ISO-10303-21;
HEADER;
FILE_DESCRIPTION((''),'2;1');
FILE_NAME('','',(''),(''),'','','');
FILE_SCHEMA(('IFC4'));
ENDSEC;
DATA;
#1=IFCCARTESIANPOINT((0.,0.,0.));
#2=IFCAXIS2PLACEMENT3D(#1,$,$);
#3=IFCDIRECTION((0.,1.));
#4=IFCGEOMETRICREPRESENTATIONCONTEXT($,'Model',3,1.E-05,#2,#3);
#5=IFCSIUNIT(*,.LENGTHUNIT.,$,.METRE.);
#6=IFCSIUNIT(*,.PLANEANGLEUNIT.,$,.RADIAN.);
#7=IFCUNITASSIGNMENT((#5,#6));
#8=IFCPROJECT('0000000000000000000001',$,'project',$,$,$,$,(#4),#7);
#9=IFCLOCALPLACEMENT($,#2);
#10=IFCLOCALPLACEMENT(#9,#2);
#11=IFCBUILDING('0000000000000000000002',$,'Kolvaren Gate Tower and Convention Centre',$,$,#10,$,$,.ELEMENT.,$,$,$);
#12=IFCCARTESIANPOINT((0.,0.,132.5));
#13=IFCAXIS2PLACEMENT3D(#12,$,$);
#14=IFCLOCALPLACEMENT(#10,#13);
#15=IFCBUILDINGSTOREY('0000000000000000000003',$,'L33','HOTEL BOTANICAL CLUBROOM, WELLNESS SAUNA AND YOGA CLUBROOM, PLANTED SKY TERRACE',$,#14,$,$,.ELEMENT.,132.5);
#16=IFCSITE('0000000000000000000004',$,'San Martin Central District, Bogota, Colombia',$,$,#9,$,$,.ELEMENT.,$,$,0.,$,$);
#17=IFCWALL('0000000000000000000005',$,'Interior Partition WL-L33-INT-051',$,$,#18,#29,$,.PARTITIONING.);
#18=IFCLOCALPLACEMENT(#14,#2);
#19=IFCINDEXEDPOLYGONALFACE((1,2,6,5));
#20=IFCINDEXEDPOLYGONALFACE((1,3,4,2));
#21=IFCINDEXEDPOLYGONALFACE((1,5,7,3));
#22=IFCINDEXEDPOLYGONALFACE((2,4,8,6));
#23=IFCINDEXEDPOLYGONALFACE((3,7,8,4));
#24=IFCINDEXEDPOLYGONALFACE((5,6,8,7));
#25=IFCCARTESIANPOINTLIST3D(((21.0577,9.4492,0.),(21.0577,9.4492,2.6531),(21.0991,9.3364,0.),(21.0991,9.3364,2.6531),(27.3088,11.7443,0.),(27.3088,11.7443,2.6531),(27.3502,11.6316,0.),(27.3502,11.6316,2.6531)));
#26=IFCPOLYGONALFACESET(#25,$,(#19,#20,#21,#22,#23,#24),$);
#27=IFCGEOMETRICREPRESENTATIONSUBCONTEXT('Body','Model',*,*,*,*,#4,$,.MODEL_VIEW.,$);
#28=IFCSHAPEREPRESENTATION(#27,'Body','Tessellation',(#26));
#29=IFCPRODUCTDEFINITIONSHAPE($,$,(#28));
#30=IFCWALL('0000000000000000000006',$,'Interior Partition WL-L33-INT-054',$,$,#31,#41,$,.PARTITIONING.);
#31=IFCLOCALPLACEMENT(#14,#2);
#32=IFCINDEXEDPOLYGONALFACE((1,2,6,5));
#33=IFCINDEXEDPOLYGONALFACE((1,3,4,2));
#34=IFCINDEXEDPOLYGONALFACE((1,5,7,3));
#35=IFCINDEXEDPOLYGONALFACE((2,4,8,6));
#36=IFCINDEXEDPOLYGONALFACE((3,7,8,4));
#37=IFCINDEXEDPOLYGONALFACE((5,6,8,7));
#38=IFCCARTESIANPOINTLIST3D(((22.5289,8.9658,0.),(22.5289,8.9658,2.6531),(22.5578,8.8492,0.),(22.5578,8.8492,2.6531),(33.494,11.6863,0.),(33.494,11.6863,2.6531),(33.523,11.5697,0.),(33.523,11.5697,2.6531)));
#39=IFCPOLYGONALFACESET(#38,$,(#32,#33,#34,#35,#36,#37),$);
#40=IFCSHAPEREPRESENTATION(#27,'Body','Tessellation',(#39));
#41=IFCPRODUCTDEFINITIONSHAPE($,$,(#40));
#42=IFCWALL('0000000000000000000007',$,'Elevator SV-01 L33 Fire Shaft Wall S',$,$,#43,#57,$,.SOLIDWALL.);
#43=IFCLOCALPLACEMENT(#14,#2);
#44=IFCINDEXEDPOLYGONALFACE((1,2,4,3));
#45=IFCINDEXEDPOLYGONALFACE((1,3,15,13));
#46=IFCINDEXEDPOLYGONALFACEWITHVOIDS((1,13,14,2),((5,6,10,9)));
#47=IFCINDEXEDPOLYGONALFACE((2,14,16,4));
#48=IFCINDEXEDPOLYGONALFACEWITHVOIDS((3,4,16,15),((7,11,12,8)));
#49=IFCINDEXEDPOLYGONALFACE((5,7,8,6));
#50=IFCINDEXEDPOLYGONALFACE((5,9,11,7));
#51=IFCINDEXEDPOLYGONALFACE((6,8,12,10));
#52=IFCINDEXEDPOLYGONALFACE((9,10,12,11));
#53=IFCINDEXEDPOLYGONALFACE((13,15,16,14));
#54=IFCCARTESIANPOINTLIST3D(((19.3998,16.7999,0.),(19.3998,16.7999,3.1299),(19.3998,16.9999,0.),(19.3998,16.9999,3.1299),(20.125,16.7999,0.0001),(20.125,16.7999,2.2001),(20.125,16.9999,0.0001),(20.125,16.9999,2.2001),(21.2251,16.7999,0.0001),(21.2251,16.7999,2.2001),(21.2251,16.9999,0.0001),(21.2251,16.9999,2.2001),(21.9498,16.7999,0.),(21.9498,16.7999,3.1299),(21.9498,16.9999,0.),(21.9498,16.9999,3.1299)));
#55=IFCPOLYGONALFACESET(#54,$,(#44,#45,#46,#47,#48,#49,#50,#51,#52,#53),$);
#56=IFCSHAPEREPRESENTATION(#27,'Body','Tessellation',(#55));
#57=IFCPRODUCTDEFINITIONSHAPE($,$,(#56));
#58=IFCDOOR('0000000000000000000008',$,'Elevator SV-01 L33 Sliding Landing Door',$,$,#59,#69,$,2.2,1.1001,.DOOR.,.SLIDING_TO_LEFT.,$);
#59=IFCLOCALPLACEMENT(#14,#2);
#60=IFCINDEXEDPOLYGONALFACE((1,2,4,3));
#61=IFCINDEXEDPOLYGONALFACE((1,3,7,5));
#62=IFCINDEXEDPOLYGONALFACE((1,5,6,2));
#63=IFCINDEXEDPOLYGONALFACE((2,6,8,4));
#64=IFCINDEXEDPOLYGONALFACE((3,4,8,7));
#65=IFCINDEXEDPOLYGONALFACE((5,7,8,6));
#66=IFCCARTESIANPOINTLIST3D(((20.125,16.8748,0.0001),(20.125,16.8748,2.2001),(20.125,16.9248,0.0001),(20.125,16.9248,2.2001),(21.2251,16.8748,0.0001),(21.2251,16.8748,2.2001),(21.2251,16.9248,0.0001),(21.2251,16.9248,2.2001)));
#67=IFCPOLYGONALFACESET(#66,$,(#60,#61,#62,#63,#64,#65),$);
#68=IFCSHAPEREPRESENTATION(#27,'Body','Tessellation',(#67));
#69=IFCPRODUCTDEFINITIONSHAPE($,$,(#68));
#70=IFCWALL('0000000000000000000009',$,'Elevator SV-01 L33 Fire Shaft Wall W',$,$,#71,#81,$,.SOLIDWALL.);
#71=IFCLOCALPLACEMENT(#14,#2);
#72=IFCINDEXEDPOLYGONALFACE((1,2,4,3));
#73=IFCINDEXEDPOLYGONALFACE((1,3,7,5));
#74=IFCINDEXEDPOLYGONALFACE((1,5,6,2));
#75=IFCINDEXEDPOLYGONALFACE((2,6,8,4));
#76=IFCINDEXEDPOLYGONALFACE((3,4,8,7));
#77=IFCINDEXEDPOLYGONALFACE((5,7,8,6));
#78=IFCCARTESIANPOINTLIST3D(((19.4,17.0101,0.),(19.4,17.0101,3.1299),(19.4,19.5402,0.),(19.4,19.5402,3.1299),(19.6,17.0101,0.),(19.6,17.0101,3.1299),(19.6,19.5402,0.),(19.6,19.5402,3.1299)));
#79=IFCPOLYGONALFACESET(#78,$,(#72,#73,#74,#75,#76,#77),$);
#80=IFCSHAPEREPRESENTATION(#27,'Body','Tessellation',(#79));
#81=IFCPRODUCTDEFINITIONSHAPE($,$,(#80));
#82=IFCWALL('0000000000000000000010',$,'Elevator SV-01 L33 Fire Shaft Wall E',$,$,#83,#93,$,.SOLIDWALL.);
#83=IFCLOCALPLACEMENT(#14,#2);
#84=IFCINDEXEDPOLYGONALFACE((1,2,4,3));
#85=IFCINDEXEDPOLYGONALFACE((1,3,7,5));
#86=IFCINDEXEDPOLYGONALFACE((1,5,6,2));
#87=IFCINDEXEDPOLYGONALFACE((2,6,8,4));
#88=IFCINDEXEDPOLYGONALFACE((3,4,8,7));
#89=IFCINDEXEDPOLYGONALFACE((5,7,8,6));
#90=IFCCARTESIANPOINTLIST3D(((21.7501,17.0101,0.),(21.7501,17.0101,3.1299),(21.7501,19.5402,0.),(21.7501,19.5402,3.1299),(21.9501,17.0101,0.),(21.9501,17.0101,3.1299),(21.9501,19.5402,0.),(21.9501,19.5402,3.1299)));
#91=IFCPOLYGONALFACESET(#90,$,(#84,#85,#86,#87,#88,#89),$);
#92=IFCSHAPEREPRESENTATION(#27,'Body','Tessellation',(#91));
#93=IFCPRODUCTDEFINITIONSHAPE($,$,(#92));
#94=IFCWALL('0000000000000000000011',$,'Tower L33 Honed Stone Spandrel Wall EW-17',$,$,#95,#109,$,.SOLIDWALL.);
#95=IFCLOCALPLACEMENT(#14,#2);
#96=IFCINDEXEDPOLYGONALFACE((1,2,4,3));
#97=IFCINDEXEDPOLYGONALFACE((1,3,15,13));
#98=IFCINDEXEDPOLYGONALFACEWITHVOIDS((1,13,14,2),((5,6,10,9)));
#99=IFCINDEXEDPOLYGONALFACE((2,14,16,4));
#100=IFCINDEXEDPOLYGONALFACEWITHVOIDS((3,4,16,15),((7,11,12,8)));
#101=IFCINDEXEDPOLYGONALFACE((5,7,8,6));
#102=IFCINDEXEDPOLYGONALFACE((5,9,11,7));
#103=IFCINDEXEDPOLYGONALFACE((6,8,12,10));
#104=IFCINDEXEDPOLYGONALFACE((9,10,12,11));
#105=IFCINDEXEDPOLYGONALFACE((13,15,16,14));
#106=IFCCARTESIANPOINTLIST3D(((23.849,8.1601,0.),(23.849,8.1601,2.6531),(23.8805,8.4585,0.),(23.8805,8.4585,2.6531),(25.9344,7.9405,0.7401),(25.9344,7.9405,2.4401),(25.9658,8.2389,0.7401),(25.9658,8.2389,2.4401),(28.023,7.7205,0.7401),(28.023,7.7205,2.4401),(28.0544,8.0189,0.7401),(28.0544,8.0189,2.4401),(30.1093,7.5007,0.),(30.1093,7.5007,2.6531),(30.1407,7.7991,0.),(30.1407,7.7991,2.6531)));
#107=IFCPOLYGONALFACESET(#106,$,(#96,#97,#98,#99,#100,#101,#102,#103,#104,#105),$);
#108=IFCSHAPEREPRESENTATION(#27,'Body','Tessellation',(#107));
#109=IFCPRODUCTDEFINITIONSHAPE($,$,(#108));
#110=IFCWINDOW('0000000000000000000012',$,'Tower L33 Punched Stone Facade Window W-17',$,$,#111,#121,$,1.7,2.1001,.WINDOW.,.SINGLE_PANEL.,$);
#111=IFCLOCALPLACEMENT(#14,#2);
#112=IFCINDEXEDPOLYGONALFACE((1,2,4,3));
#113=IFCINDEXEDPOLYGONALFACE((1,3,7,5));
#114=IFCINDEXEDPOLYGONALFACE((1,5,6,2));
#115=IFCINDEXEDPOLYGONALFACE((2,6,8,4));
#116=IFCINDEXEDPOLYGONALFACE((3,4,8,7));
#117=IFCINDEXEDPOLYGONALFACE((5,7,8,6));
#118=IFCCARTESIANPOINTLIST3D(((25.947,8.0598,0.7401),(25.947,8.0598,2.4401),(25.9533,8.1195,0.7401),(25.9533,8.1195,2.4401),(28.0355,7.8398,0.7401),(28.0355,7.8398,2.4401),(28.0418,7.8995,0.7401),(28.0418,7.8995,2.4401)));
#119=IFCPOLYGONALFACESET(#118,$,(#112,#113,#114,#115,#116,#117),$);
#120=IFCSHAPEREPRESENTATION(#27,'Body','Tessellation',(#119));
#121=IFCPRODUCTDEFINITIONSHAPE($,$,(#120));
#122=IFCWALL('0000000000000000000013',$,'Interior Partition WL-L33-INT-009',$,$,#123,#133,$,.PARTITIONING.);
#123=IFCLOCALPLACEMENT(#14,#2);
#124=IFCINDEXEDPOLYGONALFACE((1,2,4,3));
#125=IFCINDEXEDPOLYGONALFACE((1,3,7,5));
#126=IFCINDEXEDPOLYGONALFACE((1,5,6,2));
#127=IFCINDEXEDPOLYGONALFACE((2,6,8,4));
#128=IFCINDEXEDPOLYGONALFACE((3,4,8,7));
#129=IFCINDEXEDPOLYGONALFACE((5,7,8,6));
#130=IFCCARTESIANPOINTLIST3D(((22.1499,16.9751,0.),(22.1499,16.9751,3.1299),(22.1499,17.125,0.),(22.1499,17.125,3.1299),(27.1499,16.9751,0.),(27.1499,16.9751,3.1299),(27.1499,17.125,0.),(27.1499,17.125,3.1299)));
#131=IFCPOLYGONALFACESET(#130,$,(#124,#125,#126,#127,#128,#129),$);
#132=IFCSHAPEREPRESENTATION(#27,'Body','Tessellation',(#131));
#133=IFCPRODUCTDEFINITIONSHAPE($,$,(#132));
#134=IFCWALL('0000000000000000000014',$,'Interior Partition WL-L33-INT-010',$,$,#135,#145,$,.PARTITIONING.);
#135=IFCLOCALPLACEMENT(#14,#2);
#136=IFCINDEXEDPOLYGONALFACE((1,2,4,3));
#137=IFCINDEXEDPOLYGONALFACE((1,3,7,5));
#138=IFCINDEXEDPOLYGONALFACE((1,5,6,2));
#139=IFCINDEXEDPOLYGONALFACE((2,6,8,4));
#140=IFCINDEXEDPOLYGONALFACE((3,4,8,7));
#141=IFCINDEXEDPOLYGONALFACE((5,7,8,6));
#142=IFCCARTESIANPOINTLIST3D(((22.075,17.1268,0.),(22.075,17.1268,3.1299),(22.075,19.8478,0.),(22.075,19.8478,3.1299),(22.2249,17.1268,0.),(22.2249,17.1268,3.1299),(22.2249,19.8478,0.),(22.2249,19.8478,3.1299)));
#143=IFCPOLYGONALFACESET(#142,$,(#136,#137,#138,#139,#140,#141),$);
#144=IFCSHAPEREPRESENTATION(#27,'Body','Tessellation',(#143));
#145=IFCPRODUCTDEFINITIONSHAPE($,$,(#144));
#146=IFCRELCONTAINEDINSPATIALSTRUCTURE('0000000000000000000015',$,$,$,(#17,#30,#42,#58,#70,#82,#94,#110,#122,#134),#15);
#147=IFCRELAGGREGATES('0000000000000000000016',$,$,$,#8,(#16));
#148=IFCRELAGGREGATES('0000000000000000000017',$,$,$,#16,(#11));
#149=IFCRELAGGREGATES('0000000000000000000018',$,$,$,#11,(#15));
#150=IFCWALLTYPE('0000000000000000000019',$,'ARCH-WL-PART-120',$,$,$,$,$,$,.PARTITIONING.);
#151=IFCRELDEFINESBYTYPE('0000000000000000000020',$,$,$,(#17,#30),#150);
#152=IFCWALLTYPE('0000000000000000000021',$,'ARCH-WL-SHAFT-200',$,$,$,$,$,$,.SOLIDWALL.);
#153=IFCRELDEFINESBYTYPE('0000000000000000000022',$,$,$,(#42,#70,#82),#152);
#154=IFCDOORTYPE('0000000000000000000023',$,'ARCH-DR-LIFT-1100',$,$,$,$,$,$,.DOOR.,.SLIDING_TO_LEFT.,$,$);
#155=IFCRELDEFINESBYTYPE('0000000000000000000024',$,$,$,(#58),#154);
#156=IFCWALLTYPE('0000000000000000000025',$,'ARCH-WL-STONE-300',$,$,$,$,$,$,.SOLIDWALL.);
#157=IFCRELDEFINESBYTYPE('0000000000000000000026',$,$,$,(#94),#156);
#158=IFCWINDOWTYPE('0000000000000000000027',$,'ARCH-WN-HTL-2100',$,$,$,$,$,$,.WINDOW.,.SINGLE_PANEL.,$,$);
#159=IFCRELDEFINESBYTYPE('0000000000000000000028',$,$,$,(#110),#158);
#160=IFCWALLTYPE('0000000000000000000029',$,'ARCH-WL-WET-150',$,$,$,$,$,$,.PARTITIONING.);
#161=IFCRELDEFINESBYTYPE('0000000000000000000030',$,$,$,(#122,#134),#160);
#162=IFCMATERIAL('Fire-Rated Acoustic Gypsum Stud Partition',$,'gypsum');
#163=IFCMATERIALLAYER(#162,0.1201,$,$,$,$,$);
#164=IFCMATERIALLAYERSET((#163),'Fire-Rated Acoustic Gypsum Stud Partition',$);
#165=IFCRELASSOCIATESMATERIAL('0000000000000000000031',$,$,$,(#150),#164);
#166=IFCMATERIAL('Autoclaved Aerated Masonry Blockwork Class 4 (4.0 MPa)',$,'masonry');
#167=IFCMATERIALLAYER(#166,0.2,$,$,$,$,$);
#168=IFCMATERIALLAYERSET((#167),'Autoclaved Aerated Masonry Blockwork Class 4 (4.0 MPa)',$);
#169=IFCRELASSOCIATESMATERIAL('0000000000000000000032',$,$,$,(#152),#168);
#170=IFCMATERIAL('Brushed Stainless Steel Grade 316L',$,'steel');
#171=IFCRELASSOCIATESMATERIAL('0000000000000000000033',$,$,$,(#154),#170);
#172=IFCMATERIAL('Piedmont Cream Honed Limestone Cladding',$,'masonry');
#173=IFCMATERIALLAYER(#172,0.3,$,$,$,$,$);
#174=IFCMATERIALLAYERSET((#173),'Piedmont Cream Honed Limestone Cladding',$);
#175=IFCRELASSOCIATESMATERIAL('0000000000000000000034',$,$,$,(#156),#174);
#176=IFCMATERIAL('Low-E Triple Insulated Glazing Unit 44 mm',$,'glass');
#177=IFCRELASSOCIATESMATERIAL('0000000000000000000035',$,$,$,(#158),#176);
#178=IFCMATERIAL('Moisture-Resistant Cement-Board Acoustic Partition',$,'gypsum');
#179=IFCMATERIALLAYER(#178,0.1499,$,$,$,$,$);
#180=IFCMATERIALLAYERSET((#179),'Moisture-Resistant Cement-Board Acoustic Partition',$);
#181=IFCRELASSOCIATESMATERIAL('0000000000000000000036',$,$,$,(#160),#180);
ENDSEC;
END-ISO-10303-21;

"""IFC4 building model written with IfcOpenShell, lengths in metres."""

from ifc_helpers import new_model, si_unit, direction, frame, frame_2d, origin, place, context, subcontext, project, spatial, rectangle, extrude, material, layer, layer_set, type_object, element, fill, save


model = new_model("IFC4")

# Units and contexts
model_context = context("Model", 3, precision=1e-05, world=origin(), true_north=direction((0.0, 1.0)))
body_context = subcontext(model_context, "Body", "Model", "MODEL_VIEW")
ifc_project = project(units=[si_unit("LENGTHUNIT", "METRE"), si_unit("PLANEANGLEUNIT", "RADIAN")], contexts=[model_context])

# Site, building, storey
site_placement = place(None, origin())
site = spatial("IfcSite", under=ifc_project, at=site_placement, Name="San Martin Central District, Bogota, Colombia", CompositionType="ELEMENT", RefElevation=0.0)
building_placement = place(site_placement, origin())
building = spatial("IfcBuilding", under=site, at=building_placement, Name="Kolvaren Gate Tower and Convention Centre", CompositionType="ELEMENT")
storey_placement = place(building_placement, frame((0.0, 0.0, 132.5)))
storey = spatial("IfcBuildingStorey", under=building, at=storey_placement, Name="L33", Description="HOTEL BOTANICAL CLUBROOM, WELLNESS SAUNA AND YOGA CLUBROOM, PLANTED SKY TERRACE", CompositionType="ELEMENT", Elevation=132.5)

# Shared definitions
ifc_material_1 = material(Name="Fire-Rated Acoustic Gypsum Stud Partition", Category="gypsum")
ifc_layer_1 = layer(ifc_material_1, 0.1201)
ifc_layer_set_1 = layer_set([ifc_layer_1], Name="Fire-Rated Acoustic Gypsum Stud Partition")
wall_type_1 = type_object("IfcWallType", Name="ARCH-WL-PART-120", PredefinedType="PARTITIONING", material=ifc_layer_set_1)

# Walls
wall_1_placement = place(storey_placement, frame((21.0784, 9.3928, 0.0), z_axis=(0.0, 0.0, 1.0), x_axis=(0.938728, 0.344659, 0.0)))
element("IfcWall", 1, at=wall_1_placement, inside=storey, type_object=wall_type_1, Name="Interior Partition WL-L33-INT-051", PredefinedType="PARTITIONING", context=body_context, shape_type="SweptSolid", body=[
    extrude(rectangle(XDim=6.6592, YDim=0.1201, at=frame_2d((3.3296, 0.0))), origin(), (0.0, 0.0, 1.0), 2.6531),
])
wall_2_placement = place(storey_placement, frame((22.5432, 8.9075, 0.0), z_axis=(0.0, 0.0, 1.0), x_axis=(0.970574, 0.240801, 0.0)))
element("IfcWall", 2, at=wall_2_placement, inside=storey, type_object=wall_type_1, Name="Interior Partition WL-L33-INT-054", PredefinedType="PARTITIONING", context=body_context, shape_type="SweptSolid", body=[
    extrude(rectangle(XDim=11.2976, YDim=0.1201, at=frame_2d((5.6489, 0.0))), origin(), (0.0, 0.0, 1.0), 2.6531),
])

# Wall, opening, door
ifc_material_2 = material(Name="Autoclaved Aerated Masonry Blockwork Class 4 (4.0 MPa)", Category="masonry")
ifc_layer_2 = layer(ifc_material_2, 0.2)
ifc_layer_set_2 = layer_set([ifc_layer_2], Name="Autoclaved Aerated Masonry Blockwork Class 4 (4.0 MPa)")
wall_type_2 = type_object("IfcWallType", Name="ARCH-WL-SHAFT-200", PredefinedType="SOLIDWALL", material=ifc_layer_set_2)
wall_3_placement = place(storey_placement, frame((19.3999, 16.8999, 0.0), z_axis=(0.0, 0.0, 1.0), x_axis=(1.0, 0.0, 0.0)))
wall_3 = element("IfcWall", 3, at=wall_3_placement, inside=storey, type_object=wall_type_2, Name="Elevator SV-01 L33 Fire Shaft Wall S", PredefinedType="SOLIDWALL", context=body_context, shape_type="SweptSolid", body=[
    extrude(rectangle(XDim=2.55, YDim=0.2, at=frame_2d((1.2749, 0.0))), origin(), (0.0, 0.0, 1.0), 3.1299),
])
opening_1_placement = place(wall_3_placement, frame((0.7251, 0.0, 0.0)))
opening_1 = element("IfcOpeningElement", 4, at=opening_1_placement, cuts=wall_3, PredefinedType="OPENING", context=body_context, shape_type="SweptSolid", body=[
    extrude(rectangle(XDim=1.1001, YDim=2.2, at=frame_2d((0.55, 1.1001))), frame((0.0, 0.1099, 0.0), z_axis=(0.0, -1.0, 0.0), x_axis=(1.0, 0.0, 0.0)), (0.0, 0.0, 1.0), 0.22),
])
ifc_material_3 = material(Name="Brushed Stainless Steel Grade 316L", Category="steel")
door_type_1 = type_object("IfcDoorType", Name="ARCH-DR-LIFT-1100", OperationType="SLIDING_TO_LEFT", PredefinedType="DOOR", material=ifc_material_3)
door_1_placement = place(opening_1_placement, origin())
door_1 = element("IfcDoor", 5, at=door_1_placement, inside=storey, type_object=door_type_1, Name="Elevator SV-01 L33 Sliding Landing Door", OperationType="SLIDING_TO_LEFT", OverallHeight=2.2, OverallWidth=1.1001, PredefinedType="DOOR", context=body_context, shape_type="SweptSolid", body=[
    extrude(rectangle(XDim=1.1001, YDim=2.2, at=frame_2d((0.55, 1.1001))), frame((0.0, 0.0249, 0.0), z_axis=(0.0, -1.0, 0.0), x_axis=(1.0, 0.0, 0.0)), (0.0, 0.0, 1.0), 0.05),
])
fill(opening_1, door_1)

# Walls
for number, where, z_axis, x_axis, name in (
    (6, (19.5, 17.01, 0.0), (0.0, 0.0, 1.0), (0.0, 1.0, 0.0), "Elevator SV-01 L33 Fire Shaft Wall W"),
    (7, (21.8501, 17.01, 0.0), (0.0, 0.0, 1.0), (0.0, 1.0, 0.0), "Elevator SV-01 L33 Fire Shaft Wall E"),
):
    element("IfcWall", number, at=place(storey_placement, frame(where, z_axis=z_axis, x_axis=x_axis)), inside=storey, type_object=wall_type_2, Name=name, PredefinedType="SOLIDWALL", context=body_context, shape_type="SweptSolid", body=[
        extrude(rectangle(XDim=2.53, YDim=0.2, at=frame_2d((1.2651, 0.0))), origin(), (0.0, 0.0, 1.0), 3.1299),
    ])

# Wall, opening, window
ifc_material_4 = material(Name="Piedmont Cream Honed Limestone Cladding", Category="masonry")
ifc_layer_3 = layer(ifc_material_4, 0.3)
ifc_layer_set_3 = layer_set([ifc_layer_3], Name="Piedmont Cream Honed Limestone Cladding")
wall_type_3 = type_object("IfcWallType", Name="ARCH-WL-STONE-300", PredefinedType="SOLIDWALL", material=ifc_layer_set_3)
wall_4_placement = place(storey_placement, frame((23.8647, 8.3093, 0.0), z_axis=(0.0, 0.0, 1.0), x_axis=(0.994498, -0.104755, 0.0)))
wall_4 = element("IfcWall", 8, at=wall_4_placement, inside=storey, type_object=wall_type_3, Name="Tower L33 Honed Stone Spandrel Wall EW-17", PredefinedType="SOLIDWALL", context=body_context, shape_type="SweptSolid", body=[
    extrude(rectangle(XDim=6.2949, YDim=0.3, at=frame_2d((3.1475, 0.0))), origin(), (0.0, 0.0, 1.0), 2.6531),
])
opening_2_placement = place(wall_4_placement, frame((2.0969, 0.0, 0.74)))
opening_2 = element("IfcOpeningElement", 9, at=opening_2_placement, cuts=wall_4, PredefinedType="OPENING", context=body_context, shape_type="SweptSolid", body=[
    extrude(rectangle(XDim=2.1001, YDim=1.7, at=frame_2d((1.05, 0.8501))), frame((0.0, 0.1599, 0.0), z_axis=(0.0, -1.0, 0.0), x_axis=(1.0, 0.0, 0.0)), (0.0, 0.0, 1.0), 0.3201),
])
ifc_material_5 = material(Name="Low-E Triple Insulated Glazing Unit 44 mm", Category="glass")
window_type = type_object("IfcWindowType", Name="ARCH-WN-HTL-2100", PartitioningType="SINGLE_PANEL", PredefinedType="WINDOW", material=ifc_material_5)
window_placement = place(opening_2_placement, origin())
window = element("IfcWindow", 10, at=window_placement, inside=storey, type_object=window_type, Name="Tower L33 Punched Stone Facade Window W-17", OverallHeight=1.7, OverallWidth=2.1001, PartitioningType="SINGLE_PANEL", PredefinedType="WINDOW", context=body_context, shape_type="SweptSolid", body=[
    extrude(rectangle(XDim=2.1001, YDim=1.7, at=frame_2d((1.05, 0.8501))), frame((0.0, 0.03, 0.0), z_axis=(0.0, -1.0, 0.0), x_axis=(1.0, 0.0, 0.0)), (0.0, 0.0, 1.0), 0.0601),
])
fill(opening_2, window)

# Walls
ifc_material_6 = material(Name="Moisture-Resistant Cement-Board Acoustic Partition", Category="gypsum")
ifc_layer_4 = layer(ifc_material_6, 0.1499)
ifc_layer_set_4 = layer_set([ifc_layer_4], Name="Moisture-Resistant Cement-Board Acoustic Partition")
wall_type_4 = type_object("IfcWallType", Name="ARCH-WL-WET-150", PredefinedType="PARTITIONING", material=ifc_layer_set_4)
wall_5_placement = place(storey_placement, frame((22.1499, 17.05, 0.0), z_axis=(0.0, 0.0, 1.0), x_axis=(1.0, 0.0, 0.0)))
element("IfcWall", 11, at=wall_5_placement, inside=storey, type_object=wall_type_4, Name="Interior Partition WL-L33-INT-009", PredefinedType="PARTITIONING", context=body_context, shape_type="SweptSolid", body=[
    extrude(rectangle(XDim=5.0, YDim=0.1499, at=frame_2d((2.5, 0.0))), origin(), (0.0, 0.0, 1.0), 3.1299),
])
wall_6_placement = place(storey_placement, frame((22.1499, 17.127, 0.0), z_axis=(0.0, 0.0, 1.0), x_axis=(0.0, 1.0, 0.0)))
element("IfcWall", 12, at=wall_6_placement, inside=storey, type_object=wall_type_4, Name="Interior Partition WL-L33-INT-010", PredefinedType="PARTITIONING", context=body_context, shape_type="SweptSolid", body=[
    extrude(rectangle(XDim=2.7209, YDim=0.1499, at=frame_2d((1.3604, 0.0))), origin(), (0.0, 0.0, 1.0), 3.1299),
])

save(model, "model.ifc")
